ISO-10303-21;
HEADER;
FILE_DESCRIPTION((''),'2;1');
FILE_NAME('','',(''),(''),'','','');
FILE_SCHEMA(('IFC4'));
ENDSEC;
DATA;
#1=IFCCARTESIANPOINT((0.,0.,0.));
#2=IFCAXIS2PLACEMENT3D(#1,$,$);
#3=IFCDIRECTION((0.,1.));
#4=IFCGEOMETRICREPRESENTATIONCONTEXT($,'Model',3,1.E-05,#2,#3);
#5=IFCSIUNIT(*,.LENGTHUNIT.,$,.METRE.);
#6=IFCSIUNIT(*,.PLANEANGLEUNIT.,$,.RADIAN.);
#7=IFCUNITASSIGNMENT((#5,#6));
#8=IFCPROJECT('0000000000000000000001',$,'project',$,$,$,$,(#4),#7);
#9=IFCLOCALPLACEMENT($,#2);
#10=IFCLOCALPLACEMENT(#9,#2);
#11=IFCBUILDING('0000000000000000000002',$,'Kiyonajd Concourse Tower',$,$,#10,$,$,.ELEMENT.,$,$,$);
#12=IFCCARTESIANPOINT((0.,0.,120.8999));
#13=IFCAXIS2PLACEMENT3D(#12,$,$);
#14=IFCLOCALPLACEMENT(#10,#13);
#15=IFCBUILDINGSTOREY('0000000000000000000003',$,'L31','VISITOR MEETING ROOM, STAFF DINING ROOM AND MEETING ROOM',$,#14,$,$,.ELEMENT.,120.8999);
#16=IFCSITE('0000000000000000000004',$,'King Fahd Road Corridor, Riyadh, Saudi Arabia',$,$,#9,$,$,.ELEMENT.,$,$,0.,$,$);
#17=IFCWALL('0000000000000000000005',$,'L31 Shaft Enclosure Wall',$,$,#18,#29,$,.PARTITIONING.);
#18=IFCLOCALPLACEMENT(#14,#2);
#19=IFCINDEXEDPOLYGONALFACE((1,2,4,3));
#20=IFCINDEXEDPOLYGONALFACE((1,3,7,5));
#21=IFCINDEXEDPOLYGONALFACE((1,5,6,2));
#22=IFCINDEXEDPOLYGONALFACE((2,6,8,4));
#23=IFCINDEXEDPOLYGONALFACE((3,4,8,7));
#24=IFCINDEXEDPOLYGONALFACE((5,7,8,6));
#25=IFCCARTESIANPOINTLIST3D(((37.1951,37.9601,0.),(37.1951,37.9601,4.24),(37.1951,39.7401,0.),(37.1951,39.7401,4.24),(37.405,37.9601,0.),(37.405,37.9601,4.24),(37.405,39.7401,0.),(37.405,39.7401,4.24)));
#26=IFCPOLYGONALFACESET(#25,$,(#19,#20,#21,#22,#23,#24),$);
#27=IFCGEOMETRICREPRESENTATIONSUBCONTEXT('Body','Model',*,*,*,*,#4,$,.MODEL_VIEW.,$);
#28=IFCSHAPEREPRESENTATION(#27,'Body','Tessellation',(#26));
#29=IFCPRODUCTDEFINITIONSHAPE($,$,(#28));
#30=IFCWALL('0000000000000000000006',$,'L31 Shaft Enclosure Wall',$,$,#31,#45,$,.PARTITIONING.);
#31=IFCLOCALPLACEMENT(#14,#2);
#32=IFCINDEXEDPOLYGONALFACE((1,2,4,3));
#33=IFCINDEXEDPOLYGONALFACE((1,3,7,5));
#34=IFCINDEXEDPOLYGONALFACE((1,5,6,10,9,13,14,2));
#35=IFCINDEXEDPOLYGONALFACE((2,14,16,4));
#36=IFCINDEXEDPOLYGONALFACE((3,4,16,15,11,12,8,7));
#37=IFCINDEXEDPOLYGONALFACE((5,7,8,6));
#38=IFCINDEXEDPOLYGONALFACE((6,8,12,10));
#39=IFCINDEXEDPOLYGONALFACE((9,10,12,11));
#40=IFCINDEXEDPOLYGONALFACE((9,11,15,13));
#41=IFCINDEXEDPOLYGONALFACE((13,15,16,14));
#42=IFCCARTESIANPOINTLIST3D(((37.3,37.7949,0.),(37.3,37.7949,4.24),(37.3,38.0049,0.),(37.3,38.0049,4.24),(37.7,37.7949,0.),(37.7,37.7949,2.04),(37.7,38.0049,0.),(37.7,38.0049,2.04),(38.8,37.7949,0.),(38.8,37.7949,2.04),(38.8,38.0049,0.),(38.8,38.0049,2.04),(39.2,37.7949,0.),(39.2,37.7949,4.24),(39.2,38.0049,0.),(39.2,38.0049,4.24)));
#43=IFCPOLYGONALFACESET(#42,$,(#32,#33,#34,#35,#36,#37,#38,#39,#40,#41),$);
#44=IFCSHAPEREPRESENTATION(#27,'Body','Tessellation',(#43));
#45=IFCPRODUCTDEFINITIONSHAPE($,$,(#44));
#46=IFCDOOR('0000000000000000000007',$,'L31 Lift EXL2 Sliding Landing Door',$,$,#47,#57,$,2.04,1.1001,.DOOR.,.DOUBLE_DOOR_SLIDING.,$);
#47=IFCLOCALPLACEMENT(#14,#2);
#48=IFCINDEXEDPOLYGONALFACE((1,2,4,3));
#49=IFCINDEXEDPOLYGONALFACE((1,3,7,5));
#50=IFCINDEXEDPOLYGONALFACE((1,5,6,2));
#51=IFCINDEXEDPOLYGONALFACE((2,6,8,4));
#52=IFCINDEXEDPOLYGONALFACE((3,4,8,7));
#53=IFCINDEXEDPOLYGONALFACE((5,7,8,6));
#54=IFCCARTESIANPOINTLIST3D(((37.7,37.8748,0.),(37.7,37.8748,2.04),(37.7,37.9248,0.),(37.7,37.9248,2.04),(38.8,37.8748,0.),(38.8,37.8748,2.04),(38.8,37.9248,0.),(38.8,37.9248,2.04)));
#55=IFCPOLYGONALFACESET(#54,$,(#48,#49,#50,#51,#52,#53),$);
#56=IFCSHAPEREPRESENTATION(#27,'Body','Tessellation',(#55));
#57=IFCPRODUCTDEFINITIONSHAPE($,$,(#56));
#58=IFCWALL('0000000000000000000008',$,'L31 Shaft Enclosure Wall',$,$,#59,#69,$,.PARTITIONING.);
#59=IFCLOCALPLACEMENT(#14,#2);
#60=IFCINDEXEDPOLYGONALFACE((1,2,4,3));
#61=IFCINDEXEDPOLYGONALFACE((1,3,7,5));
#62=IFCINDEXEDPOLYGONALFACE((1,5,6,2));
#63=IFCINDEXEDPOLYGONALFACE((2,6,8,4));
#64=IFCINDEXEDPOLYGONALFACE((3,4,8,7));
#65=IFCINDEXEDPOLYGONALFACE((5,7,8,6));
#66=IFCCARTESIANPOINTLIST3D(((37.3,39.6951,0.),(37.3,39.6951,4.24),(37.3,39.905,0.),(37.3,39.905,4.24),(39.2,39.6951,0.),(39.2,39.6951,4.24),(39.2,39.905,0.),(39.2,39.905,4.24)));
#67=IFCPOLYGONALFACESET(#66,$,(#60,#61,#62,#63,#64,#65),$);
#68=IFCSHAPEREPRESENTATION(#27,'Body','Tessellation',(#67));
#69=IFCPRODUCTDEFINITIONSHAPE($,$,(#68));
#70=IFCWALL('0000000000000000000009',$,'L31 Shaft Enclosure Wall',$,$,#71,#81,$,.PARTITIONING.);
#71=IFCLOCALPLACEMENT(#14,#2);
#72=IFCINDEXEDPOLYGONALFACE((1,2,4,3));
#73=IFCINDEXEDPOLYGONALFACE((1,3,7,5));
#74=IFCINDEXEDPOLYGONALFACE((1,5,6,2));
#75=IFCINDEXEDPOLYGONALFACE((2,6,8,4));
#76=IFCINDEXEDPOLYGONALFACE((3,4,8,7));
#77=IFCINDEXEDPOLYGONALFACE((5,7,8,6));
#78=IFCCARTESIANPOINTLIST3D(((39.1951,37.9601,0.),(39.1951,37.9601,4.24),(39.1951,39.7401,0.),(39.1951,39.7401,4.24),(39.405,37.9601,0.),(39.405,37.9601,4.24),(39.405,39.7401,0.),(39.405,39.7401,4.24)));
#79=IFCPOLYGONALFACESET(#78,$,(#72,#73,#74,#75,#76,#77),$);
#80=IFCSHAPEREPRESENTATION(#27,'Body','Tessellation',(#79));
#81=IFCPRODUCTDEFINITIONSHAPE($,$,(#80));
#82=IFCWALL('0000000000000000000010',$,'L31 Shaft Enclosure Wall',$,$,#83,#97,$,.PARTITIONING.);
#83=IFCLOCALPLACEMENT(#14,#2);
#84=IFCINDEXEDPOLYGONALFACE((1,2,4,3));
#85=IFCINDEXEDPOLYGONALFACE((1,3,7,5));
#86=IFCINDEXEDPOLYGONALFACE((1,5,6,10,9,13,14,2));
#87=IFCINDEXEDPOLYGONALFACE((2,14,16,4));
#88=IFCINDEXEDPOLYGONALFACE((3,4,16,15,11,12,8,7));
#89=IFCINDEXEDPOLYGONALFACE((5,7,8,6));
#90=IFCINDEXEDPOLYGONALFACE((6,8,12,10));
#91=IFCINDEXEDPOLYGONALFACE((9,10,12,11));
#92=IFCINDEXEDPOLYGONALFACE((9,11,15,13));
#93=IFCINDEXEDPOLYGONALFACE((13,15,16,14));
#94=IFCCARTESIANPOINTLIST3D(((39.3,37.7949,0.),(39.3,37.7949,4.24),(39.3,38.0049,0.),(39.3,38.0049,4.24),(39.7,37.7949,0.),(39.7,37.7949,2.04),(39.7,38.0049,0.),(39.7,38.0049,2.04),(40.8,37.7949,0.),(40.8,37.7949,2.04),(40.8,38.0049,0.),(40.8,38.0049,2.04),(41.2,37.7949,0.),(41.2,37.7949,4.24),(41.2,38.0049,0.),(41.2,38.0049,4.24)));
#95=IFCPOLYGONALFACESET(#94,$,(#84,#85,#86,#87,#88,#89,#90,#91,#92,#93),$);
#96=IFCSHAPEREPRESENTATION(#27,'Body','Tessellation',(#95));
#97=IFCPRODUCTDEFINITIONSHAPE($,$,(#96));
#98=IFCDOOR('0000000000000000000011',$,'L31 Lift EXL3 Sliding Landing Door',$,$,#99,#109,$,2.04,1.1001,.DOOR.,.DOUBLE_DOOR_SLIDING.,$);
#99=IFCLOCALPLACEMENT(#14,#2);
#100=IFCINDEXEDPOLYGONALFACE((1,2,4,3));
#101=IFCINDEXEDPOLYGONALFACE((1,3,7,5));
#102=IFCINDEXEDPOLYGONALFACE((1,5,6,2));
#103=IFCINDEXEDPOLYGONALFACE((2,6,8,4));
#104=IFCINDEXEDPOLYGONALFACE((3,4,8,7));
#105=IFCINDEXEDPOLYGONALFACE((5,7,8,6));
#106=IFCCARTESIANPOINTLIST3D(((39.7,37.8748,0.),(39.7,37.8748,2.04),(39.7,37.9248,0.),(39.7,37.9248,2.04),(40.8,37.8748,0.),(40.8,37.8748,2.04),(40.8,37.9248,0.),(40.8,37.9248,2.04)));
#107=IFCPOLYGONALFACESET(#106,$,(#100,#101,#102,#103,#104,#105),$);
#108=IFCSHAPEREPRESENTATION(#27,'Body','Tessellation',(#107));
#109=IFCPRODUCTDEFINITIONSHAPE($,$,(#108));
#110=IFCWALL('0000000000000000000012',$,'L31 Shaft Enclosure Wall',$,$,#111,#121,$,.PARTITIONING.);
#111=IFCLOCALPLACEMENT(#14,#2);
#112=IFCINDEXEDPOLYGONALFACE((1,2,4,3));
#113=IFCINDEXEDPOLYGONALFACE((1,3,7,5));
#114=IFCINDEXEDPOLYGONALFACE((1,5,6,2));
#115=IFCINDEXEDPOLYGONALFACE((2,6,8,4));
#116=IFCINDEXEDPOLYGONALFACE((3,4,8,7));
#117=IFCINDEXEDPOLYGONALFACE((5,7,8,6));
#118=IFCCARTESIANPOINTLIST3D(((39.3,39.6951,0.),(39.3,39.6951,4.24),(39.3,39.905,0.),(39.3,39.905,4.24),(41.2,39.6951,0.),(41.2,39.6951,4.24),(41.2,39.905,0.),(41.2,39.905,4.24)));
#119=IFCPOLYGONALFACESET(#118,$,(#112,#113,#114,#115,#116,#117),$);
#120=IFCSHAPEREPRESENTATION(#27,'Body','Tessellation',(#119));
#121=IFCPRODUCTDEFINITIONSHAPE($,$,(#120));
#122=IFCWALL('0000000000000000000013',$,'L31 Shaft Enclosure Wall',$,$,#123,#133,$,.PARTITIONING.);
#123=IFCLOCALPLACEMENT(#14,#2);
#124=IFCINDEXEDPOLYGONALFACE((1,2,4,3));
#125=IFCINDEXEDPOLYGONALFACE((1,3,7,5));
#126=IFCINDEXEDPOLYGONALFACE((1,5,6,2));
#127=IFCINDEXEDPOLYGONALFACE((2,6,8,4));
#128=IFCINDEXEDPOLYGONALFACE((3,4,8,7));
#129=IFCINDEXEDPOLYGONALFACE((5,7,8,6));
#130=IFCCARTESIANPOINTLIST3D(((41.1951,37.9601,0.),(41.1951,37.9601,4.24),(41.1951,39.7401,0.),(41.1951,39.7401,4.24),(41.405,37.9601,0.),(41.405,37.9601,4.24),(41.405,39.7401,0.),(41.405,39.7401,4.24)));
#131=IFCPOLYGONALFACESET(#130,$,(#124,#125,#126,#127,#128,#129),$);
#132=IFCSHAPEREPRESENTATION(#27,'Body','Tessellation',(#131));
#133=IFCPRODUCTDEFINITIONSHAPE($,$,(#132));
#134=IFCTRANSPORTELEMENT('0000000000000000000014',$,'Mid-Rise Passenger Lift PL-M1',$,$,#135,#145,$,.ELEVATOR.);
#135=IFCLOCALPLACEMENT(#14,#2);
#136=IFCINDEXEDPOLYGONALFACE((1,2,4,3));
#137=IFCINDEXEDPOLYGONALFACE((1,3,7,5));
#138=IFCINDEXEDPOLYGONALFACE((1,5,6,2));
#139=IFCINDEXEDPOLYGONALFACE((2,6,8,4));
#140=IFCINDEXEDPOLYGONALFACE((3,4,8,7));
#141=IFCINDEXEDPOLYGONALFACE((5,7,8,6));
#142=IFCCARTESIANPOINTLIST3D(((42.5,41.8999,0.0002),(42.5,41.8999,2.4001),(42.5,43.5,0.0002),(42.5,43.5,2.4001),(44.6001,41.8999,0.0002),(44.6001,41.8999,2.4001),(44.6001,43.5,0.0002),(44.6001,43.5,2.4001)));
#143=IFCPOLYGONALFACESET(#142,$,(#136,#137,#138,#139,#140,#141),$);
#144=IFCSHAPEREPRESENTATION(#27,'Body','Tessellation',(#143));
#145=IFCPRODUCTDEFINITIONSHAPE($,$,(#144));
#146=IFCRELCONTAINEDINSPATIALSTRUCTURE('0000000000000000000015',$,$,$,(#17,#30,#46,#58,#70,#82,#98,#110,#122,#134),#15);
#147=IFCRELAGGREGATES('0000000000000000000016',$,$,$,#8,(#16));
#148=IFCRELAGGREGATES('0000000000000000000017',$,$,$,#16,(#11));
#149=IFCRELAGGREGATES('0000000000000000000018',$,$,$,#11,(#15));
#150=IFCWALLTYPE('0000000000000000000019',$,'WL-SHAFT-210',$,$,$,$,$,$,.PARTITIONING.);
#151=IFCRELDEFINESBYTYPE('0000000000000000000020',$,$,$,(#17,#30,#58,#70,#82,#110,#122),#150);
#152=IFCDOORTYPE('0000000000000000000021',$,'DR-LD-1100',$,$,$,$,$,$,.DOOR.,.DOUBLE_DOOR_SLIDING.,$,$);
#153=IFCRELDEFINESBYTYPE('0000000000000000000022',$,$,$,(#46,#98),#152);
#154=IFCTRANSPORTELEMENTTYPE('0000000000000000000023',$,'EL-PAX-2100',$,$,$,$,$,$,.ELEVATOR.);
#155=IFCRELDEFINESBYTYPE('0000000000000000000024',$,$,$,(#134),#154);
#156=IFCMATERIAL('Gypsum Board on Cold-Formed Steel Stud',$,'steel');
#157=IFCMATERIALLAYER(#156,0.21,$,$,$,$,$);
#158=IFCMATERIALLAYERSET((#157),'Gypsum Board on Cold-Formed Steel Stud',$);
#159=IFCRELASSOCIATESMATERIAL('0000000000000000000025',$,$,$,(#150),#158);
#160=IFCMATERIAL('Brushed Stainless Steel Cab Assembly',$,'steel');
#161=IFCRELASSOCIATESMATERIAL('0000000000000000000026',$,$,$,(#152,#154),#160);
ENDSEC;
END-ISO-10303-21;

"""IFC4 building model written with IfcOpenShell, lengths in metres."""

from ifc_helpers import new_model, si_unit, direction, frame, frame_2d, origin, origin_2d, place, context, subcontext, project, spatial, rectangle, extrude, material, layer, layer_set, type_object, element, fill, save


model = new_model("IFC4")

# Units and contexts
model_context = context("Model", 3, precision=1e-05, world=origin(), true_north=direction((0.0, 1.0)))
body_context = subcontext(model_context, "Body", "Model", "MODEL_VIEW")
ifc_project = project(units=[si_unit("LENGTHUNIT", "METRE"), si_unit("PLANEANGLEUNIT", "RADIAN")], contexts=[model_context])

# Site, building, storey
site_placement = place(None, origin())
site = spatial("IfcSite", under=ifc_project, at=site_placement, Name="King Fahd Road Corridor, Riyadh, Saudi Arabia", CompositionType="ELEMENT", RefElevation=0.0)
building_placement = place(site_placement, origin())
building = spatial("IfcBuilding", under=site, at=building_placement, Name="Kiyonajd Concourse Tower", CompositionType="ELEMENT")
storey_placement = place(building_placement, frame((0.0, 0.0, 120.8999)))
storey = spatial("IfcBuildingStorey", under=building, at=storey_placement, Name="L31", Description="VISITOR MEETING ROOM, STAFF DINING ROOM AND MEETING ROOM", CompositionType="ELEMENT", Elevation=120.8999)

# Shared definitions
ifc_material_1 = material(Name="Gypsum Board on Cold-Formed Steel Stud", Category="steel")
ifc_layer_1 = layer(ifc_material_1, 0.21)
ifc_layer_set_1 = layer_set([ifc_layer_1], Name="Gypsum Board on Cold-Formed Steel Stud")
wall_type_1 = type_object("IfcWallType", Name="WL-SHAFT-210", PredefinedType="PARTITIONING", material=ifc_layer_set_1)

# Shared definitions
ifc_material_2 = material(Name="Brushed Stainless Steel Cab Assembly", Category="steel")
door_type_1 = type_object("IfcDoorType", Name="DR-LD-1100", OperationType="DOUBLE_DOOR_SLIDING", PredefinedType="DOOR", material=ifc_material_2)

# Wall
wall_1_placement = place(storey_placement, frame((37.3, 37.96, 0.0), z_axis=(0.0, 0.0, 1.0), x_axis=(0.0, 1.0, 0.0)))
element("IfcWall", 1, at=wall_1_placement, inside=storey, type_object=wall_type_1, Name="L31 Shaft Enclosure Wall", PredefinedType="PARTITIONING", context=body_context, shape_type="SweptSolid", body=[
    extrude(rectangle(XDim=1.78, YDim=0.21, at=frame_2d((0.8901, 0.0))), origin(), (0.0, 0.0, 1.0), 4.24),
])

# Wall, opening, door
wall_2_placement = place(storey_placement, frame((37.3, 37.8999, 0.0), z_axis=(0.0, 0.0, 1.0), x_axis=(1.0, 0.0, 0.0)))
wall_2 = element("IfcWall", 2, at=wall_2_placement, inside=storey, type_object=wall_type_1, Name="L31 Shaft Enclosure Wall", PredefinedType="PARTITIONING", context=body_context, shape_type="SweptSolid", body=[
    extrude(rectangle(XDim=1.8999, YDim=0.21, at=frame_2d((0.95, 0.0))), origin(), (0.0, 0.0, 1.0), 4.24),
])
opening_1_placement = place(wall_2_placement, frame((0.3999, 0.0, 0.0)))
opening_1 = element("IfcOpeningElement", 3, at=opening_1_placement, cuts=wall_2, PredefinedType="OPENING", context=body_context, shape_type="SweptSolid", body=[
    extrude(rectangle(XDim=1.1001, YDim=2.04, at=frame_2d((0.55, 1.02))), frame((0.0, 0.115, 0.0), z_axis=(0.0, -1.0, 0.0), x_axis=(1.0, 0.0, 0.0)), (0.0, 0.0, 1.0), 0.23),
])
door_1_placement = place(opening_1_placement, origin())
door_1 = element("IfcDoor", 4, at=door_1_placement, inside=storey, type_object=door_type_1, Name="L31 Lift EXL2 Sliding Landing Door", OperationType="DOUBLE_DOOR_SLIDING", OverallHeight=2.04, OverallWidth=1.1001, PredefinedType="DOOR", context=body_context, shape_type="SweptSolid", body=[
    extrude(rectangle(XDim=1.1001, YDim=2.04, at=frame_2d((0.55, 1.02))), frame((0.0, 0.0249, 0.0), z_axis=(0.0, -1.0, 0.0), x_axis=(1.0, 0.0, 0.0)), (0.0, 0.0, 1.0), 0.05),
])
fill(opening_1, door_1)

# Walls
wall_3_placement = place(storey_placement, frame((37.3, 39.8, 0.0), z_axis=(0.0, 0.0, 1.0), x_axis=(1.0, 0.0, 0.0)))
element("IfcWall", 5, at=wall_3_placement, inside=storey, type_object=wall_type_1, Name="L31 Shaft Enclosure Wall", PredefinedType="PARTITIONING", context=body_context, shape_type="SweptSolid", body=[
    extrude(rectangle(XDim=1.8999, YDim=0.21, at=frame_2d((0.95, 0.0))), origin(), (0.0, 0.0, 1.0), 4.24),
])
wall_4_placement = place(storey_placement, frame((39.3, 37.96, 0.0), z_axis=(0.0, 0.0, 1.0), x_axis=(0.0, 1.0, 0.0)))
element("IfcWall", 6, at=wall_4_placement, inside=storey, type_object=wall_type_1, Name="L31 Shaft Enclosure Wall", PredefinedType="PARTITIONING", context=body_context, shape_type="SweptSolid", body=[
    extrude(rectangle(XDim=1.78, YDim=0.21, at=frame_2d((0.8901, 0.0))), origin(), (0.0, 0.0, 1.0), 4.24),
])

# Wall, opening, door
wall_5_placement = place(storey_placement, frame((39.3, 37.8999, 0.0), z_axis=(0.0, 0.0, 1.0), x_axis=(1.0, 0.0, 0.0)))
wall_5 = element("IfcWall", 7, at=wall_5_placement, inside=storey, type_object=wall_type_1, Name="L31 Shaft Enclosure Wall", PredefinedType="PARTITIONING", context=body_context, shape_type="SweptSolid", body=[
    extrude(rectangle(XDim=1.8999, YDim=0.21, at=frame_2d((0.95, 0.0))), origin(), (0.0, 0.0, 1.0), 4.24),
])
opening_2_placement = place(wall_5_placement, frame((0.3999, 0.0, 0.0)))
opening_2 = element("IfcOpeningElement", 8, at=opening_2_placement, cuts=wall_5, PredefinedType="OPENING", context=body_context, shape_type="SweptSolid", body=[
    extrude(rectangle(XDim=1.1001, YDim=2.04, at=frame_2d((0.55, 1.02))), frame((0.0, 0.115, 0.0), z_axis=(0.0, -1.0, 0.0), x_axis=(1.0, 0.0, 0.0)), (0.0, 0.0, 1.0), 0.23),
])
door_2_placement = place(opening_2_placement, origin())
door_2 = element("IfcDoor", 9, at=door_2_placement, inside=storey, type_object=door_type_1, Name="L31 Lift EXL3 Sliding Landing Door", OperationType="DOUBLE_DOOR_SLIDING", OverallHeight=2.04, OverallWidth=1.1001, PredefinedType="DOOR", context=body_context, shape_type="SweptSolid", body=[
    extrude(rectangle(XDim=1.1001, YDim=2.04, at=frame_2d((0.55, 1.02))), frame((0.0, 0.0249, 0.0), z_axis=(0.0, -1.0, 0.0), x_axis=(1.0, 0.0, 0.0)), (0.0, 0.0, 1.0), 0.05),
])
fill(opening_2, door_2)

# Walls
wall_6_placement = place(storey_placement, frame((39.3, 39.8, 0.0), z_axis=(0.0, 0.0, 1.0), x_axis=(1.0, 0.0, 0.0)))
element("IfcWall", 10, at=wall_6_placement, inside=storey, type_object=wall_type_1, Name="L31 Shaft Enclosure Wall", PredefinedType="PARTITIONING", context=body_context, shape_type="SweptSolid", body=[
    extrude(rectangle(XDim=1.8999, YDim=0.21, at=frame_2d((0.95, 0.0))), origin(), (0.0, 0.0, 1.0), 4.24),
])
wall_7_placement = place(storey_placement, frame((41.3, 37.96, 0.0), z_axis=(0.0, 0.0, 1.0), x_axis=(0.0, 1.0, 0.0)))
element("IfcWall", 11, at=wall_7_placement, inside=storey, type_object=wall_type_1, Name="L31 Shaft Enclosure Wall", PredefinedType="PARTITIONING", context=body_context, shape_type="SweptSolid", body=[
    extrude(rectangle(XDim=1.78, YDim=0.21, at=frame_2d((0.8901, 0.0))), origin(), (0.0, 0.0, 1.0), 4.24),
])

# Transport element
transport_element_type = type_object("IfcTransportElementType", Name="EL-PAX-2100", PredefinedType="ELEVATOR", material=ifc_material_2)
transport_element_placement = place(storey_placement, frame((43.55, 42.7, 0.0002), z_axis=(0.0, 0.0, 1.0), x_axis=(1.0, 0.0, 0.0)))
element("IfcTransportElement", 12, at=transport_element_placement, inside=storey, type_object=transport_element_type, Name="Mid-Rise Passenger Lift PL-M1", PredefinedType="ELEVATOR", context=body_context, shape_type="SweptSolid", body=[
    extrude(rectangle(XDim=2.1001, YDim=1.6001, at=origin_2d()), origin(), (0.0, 0.0, 1.0), 2.3999),
])

save(model, "model.ifc")
